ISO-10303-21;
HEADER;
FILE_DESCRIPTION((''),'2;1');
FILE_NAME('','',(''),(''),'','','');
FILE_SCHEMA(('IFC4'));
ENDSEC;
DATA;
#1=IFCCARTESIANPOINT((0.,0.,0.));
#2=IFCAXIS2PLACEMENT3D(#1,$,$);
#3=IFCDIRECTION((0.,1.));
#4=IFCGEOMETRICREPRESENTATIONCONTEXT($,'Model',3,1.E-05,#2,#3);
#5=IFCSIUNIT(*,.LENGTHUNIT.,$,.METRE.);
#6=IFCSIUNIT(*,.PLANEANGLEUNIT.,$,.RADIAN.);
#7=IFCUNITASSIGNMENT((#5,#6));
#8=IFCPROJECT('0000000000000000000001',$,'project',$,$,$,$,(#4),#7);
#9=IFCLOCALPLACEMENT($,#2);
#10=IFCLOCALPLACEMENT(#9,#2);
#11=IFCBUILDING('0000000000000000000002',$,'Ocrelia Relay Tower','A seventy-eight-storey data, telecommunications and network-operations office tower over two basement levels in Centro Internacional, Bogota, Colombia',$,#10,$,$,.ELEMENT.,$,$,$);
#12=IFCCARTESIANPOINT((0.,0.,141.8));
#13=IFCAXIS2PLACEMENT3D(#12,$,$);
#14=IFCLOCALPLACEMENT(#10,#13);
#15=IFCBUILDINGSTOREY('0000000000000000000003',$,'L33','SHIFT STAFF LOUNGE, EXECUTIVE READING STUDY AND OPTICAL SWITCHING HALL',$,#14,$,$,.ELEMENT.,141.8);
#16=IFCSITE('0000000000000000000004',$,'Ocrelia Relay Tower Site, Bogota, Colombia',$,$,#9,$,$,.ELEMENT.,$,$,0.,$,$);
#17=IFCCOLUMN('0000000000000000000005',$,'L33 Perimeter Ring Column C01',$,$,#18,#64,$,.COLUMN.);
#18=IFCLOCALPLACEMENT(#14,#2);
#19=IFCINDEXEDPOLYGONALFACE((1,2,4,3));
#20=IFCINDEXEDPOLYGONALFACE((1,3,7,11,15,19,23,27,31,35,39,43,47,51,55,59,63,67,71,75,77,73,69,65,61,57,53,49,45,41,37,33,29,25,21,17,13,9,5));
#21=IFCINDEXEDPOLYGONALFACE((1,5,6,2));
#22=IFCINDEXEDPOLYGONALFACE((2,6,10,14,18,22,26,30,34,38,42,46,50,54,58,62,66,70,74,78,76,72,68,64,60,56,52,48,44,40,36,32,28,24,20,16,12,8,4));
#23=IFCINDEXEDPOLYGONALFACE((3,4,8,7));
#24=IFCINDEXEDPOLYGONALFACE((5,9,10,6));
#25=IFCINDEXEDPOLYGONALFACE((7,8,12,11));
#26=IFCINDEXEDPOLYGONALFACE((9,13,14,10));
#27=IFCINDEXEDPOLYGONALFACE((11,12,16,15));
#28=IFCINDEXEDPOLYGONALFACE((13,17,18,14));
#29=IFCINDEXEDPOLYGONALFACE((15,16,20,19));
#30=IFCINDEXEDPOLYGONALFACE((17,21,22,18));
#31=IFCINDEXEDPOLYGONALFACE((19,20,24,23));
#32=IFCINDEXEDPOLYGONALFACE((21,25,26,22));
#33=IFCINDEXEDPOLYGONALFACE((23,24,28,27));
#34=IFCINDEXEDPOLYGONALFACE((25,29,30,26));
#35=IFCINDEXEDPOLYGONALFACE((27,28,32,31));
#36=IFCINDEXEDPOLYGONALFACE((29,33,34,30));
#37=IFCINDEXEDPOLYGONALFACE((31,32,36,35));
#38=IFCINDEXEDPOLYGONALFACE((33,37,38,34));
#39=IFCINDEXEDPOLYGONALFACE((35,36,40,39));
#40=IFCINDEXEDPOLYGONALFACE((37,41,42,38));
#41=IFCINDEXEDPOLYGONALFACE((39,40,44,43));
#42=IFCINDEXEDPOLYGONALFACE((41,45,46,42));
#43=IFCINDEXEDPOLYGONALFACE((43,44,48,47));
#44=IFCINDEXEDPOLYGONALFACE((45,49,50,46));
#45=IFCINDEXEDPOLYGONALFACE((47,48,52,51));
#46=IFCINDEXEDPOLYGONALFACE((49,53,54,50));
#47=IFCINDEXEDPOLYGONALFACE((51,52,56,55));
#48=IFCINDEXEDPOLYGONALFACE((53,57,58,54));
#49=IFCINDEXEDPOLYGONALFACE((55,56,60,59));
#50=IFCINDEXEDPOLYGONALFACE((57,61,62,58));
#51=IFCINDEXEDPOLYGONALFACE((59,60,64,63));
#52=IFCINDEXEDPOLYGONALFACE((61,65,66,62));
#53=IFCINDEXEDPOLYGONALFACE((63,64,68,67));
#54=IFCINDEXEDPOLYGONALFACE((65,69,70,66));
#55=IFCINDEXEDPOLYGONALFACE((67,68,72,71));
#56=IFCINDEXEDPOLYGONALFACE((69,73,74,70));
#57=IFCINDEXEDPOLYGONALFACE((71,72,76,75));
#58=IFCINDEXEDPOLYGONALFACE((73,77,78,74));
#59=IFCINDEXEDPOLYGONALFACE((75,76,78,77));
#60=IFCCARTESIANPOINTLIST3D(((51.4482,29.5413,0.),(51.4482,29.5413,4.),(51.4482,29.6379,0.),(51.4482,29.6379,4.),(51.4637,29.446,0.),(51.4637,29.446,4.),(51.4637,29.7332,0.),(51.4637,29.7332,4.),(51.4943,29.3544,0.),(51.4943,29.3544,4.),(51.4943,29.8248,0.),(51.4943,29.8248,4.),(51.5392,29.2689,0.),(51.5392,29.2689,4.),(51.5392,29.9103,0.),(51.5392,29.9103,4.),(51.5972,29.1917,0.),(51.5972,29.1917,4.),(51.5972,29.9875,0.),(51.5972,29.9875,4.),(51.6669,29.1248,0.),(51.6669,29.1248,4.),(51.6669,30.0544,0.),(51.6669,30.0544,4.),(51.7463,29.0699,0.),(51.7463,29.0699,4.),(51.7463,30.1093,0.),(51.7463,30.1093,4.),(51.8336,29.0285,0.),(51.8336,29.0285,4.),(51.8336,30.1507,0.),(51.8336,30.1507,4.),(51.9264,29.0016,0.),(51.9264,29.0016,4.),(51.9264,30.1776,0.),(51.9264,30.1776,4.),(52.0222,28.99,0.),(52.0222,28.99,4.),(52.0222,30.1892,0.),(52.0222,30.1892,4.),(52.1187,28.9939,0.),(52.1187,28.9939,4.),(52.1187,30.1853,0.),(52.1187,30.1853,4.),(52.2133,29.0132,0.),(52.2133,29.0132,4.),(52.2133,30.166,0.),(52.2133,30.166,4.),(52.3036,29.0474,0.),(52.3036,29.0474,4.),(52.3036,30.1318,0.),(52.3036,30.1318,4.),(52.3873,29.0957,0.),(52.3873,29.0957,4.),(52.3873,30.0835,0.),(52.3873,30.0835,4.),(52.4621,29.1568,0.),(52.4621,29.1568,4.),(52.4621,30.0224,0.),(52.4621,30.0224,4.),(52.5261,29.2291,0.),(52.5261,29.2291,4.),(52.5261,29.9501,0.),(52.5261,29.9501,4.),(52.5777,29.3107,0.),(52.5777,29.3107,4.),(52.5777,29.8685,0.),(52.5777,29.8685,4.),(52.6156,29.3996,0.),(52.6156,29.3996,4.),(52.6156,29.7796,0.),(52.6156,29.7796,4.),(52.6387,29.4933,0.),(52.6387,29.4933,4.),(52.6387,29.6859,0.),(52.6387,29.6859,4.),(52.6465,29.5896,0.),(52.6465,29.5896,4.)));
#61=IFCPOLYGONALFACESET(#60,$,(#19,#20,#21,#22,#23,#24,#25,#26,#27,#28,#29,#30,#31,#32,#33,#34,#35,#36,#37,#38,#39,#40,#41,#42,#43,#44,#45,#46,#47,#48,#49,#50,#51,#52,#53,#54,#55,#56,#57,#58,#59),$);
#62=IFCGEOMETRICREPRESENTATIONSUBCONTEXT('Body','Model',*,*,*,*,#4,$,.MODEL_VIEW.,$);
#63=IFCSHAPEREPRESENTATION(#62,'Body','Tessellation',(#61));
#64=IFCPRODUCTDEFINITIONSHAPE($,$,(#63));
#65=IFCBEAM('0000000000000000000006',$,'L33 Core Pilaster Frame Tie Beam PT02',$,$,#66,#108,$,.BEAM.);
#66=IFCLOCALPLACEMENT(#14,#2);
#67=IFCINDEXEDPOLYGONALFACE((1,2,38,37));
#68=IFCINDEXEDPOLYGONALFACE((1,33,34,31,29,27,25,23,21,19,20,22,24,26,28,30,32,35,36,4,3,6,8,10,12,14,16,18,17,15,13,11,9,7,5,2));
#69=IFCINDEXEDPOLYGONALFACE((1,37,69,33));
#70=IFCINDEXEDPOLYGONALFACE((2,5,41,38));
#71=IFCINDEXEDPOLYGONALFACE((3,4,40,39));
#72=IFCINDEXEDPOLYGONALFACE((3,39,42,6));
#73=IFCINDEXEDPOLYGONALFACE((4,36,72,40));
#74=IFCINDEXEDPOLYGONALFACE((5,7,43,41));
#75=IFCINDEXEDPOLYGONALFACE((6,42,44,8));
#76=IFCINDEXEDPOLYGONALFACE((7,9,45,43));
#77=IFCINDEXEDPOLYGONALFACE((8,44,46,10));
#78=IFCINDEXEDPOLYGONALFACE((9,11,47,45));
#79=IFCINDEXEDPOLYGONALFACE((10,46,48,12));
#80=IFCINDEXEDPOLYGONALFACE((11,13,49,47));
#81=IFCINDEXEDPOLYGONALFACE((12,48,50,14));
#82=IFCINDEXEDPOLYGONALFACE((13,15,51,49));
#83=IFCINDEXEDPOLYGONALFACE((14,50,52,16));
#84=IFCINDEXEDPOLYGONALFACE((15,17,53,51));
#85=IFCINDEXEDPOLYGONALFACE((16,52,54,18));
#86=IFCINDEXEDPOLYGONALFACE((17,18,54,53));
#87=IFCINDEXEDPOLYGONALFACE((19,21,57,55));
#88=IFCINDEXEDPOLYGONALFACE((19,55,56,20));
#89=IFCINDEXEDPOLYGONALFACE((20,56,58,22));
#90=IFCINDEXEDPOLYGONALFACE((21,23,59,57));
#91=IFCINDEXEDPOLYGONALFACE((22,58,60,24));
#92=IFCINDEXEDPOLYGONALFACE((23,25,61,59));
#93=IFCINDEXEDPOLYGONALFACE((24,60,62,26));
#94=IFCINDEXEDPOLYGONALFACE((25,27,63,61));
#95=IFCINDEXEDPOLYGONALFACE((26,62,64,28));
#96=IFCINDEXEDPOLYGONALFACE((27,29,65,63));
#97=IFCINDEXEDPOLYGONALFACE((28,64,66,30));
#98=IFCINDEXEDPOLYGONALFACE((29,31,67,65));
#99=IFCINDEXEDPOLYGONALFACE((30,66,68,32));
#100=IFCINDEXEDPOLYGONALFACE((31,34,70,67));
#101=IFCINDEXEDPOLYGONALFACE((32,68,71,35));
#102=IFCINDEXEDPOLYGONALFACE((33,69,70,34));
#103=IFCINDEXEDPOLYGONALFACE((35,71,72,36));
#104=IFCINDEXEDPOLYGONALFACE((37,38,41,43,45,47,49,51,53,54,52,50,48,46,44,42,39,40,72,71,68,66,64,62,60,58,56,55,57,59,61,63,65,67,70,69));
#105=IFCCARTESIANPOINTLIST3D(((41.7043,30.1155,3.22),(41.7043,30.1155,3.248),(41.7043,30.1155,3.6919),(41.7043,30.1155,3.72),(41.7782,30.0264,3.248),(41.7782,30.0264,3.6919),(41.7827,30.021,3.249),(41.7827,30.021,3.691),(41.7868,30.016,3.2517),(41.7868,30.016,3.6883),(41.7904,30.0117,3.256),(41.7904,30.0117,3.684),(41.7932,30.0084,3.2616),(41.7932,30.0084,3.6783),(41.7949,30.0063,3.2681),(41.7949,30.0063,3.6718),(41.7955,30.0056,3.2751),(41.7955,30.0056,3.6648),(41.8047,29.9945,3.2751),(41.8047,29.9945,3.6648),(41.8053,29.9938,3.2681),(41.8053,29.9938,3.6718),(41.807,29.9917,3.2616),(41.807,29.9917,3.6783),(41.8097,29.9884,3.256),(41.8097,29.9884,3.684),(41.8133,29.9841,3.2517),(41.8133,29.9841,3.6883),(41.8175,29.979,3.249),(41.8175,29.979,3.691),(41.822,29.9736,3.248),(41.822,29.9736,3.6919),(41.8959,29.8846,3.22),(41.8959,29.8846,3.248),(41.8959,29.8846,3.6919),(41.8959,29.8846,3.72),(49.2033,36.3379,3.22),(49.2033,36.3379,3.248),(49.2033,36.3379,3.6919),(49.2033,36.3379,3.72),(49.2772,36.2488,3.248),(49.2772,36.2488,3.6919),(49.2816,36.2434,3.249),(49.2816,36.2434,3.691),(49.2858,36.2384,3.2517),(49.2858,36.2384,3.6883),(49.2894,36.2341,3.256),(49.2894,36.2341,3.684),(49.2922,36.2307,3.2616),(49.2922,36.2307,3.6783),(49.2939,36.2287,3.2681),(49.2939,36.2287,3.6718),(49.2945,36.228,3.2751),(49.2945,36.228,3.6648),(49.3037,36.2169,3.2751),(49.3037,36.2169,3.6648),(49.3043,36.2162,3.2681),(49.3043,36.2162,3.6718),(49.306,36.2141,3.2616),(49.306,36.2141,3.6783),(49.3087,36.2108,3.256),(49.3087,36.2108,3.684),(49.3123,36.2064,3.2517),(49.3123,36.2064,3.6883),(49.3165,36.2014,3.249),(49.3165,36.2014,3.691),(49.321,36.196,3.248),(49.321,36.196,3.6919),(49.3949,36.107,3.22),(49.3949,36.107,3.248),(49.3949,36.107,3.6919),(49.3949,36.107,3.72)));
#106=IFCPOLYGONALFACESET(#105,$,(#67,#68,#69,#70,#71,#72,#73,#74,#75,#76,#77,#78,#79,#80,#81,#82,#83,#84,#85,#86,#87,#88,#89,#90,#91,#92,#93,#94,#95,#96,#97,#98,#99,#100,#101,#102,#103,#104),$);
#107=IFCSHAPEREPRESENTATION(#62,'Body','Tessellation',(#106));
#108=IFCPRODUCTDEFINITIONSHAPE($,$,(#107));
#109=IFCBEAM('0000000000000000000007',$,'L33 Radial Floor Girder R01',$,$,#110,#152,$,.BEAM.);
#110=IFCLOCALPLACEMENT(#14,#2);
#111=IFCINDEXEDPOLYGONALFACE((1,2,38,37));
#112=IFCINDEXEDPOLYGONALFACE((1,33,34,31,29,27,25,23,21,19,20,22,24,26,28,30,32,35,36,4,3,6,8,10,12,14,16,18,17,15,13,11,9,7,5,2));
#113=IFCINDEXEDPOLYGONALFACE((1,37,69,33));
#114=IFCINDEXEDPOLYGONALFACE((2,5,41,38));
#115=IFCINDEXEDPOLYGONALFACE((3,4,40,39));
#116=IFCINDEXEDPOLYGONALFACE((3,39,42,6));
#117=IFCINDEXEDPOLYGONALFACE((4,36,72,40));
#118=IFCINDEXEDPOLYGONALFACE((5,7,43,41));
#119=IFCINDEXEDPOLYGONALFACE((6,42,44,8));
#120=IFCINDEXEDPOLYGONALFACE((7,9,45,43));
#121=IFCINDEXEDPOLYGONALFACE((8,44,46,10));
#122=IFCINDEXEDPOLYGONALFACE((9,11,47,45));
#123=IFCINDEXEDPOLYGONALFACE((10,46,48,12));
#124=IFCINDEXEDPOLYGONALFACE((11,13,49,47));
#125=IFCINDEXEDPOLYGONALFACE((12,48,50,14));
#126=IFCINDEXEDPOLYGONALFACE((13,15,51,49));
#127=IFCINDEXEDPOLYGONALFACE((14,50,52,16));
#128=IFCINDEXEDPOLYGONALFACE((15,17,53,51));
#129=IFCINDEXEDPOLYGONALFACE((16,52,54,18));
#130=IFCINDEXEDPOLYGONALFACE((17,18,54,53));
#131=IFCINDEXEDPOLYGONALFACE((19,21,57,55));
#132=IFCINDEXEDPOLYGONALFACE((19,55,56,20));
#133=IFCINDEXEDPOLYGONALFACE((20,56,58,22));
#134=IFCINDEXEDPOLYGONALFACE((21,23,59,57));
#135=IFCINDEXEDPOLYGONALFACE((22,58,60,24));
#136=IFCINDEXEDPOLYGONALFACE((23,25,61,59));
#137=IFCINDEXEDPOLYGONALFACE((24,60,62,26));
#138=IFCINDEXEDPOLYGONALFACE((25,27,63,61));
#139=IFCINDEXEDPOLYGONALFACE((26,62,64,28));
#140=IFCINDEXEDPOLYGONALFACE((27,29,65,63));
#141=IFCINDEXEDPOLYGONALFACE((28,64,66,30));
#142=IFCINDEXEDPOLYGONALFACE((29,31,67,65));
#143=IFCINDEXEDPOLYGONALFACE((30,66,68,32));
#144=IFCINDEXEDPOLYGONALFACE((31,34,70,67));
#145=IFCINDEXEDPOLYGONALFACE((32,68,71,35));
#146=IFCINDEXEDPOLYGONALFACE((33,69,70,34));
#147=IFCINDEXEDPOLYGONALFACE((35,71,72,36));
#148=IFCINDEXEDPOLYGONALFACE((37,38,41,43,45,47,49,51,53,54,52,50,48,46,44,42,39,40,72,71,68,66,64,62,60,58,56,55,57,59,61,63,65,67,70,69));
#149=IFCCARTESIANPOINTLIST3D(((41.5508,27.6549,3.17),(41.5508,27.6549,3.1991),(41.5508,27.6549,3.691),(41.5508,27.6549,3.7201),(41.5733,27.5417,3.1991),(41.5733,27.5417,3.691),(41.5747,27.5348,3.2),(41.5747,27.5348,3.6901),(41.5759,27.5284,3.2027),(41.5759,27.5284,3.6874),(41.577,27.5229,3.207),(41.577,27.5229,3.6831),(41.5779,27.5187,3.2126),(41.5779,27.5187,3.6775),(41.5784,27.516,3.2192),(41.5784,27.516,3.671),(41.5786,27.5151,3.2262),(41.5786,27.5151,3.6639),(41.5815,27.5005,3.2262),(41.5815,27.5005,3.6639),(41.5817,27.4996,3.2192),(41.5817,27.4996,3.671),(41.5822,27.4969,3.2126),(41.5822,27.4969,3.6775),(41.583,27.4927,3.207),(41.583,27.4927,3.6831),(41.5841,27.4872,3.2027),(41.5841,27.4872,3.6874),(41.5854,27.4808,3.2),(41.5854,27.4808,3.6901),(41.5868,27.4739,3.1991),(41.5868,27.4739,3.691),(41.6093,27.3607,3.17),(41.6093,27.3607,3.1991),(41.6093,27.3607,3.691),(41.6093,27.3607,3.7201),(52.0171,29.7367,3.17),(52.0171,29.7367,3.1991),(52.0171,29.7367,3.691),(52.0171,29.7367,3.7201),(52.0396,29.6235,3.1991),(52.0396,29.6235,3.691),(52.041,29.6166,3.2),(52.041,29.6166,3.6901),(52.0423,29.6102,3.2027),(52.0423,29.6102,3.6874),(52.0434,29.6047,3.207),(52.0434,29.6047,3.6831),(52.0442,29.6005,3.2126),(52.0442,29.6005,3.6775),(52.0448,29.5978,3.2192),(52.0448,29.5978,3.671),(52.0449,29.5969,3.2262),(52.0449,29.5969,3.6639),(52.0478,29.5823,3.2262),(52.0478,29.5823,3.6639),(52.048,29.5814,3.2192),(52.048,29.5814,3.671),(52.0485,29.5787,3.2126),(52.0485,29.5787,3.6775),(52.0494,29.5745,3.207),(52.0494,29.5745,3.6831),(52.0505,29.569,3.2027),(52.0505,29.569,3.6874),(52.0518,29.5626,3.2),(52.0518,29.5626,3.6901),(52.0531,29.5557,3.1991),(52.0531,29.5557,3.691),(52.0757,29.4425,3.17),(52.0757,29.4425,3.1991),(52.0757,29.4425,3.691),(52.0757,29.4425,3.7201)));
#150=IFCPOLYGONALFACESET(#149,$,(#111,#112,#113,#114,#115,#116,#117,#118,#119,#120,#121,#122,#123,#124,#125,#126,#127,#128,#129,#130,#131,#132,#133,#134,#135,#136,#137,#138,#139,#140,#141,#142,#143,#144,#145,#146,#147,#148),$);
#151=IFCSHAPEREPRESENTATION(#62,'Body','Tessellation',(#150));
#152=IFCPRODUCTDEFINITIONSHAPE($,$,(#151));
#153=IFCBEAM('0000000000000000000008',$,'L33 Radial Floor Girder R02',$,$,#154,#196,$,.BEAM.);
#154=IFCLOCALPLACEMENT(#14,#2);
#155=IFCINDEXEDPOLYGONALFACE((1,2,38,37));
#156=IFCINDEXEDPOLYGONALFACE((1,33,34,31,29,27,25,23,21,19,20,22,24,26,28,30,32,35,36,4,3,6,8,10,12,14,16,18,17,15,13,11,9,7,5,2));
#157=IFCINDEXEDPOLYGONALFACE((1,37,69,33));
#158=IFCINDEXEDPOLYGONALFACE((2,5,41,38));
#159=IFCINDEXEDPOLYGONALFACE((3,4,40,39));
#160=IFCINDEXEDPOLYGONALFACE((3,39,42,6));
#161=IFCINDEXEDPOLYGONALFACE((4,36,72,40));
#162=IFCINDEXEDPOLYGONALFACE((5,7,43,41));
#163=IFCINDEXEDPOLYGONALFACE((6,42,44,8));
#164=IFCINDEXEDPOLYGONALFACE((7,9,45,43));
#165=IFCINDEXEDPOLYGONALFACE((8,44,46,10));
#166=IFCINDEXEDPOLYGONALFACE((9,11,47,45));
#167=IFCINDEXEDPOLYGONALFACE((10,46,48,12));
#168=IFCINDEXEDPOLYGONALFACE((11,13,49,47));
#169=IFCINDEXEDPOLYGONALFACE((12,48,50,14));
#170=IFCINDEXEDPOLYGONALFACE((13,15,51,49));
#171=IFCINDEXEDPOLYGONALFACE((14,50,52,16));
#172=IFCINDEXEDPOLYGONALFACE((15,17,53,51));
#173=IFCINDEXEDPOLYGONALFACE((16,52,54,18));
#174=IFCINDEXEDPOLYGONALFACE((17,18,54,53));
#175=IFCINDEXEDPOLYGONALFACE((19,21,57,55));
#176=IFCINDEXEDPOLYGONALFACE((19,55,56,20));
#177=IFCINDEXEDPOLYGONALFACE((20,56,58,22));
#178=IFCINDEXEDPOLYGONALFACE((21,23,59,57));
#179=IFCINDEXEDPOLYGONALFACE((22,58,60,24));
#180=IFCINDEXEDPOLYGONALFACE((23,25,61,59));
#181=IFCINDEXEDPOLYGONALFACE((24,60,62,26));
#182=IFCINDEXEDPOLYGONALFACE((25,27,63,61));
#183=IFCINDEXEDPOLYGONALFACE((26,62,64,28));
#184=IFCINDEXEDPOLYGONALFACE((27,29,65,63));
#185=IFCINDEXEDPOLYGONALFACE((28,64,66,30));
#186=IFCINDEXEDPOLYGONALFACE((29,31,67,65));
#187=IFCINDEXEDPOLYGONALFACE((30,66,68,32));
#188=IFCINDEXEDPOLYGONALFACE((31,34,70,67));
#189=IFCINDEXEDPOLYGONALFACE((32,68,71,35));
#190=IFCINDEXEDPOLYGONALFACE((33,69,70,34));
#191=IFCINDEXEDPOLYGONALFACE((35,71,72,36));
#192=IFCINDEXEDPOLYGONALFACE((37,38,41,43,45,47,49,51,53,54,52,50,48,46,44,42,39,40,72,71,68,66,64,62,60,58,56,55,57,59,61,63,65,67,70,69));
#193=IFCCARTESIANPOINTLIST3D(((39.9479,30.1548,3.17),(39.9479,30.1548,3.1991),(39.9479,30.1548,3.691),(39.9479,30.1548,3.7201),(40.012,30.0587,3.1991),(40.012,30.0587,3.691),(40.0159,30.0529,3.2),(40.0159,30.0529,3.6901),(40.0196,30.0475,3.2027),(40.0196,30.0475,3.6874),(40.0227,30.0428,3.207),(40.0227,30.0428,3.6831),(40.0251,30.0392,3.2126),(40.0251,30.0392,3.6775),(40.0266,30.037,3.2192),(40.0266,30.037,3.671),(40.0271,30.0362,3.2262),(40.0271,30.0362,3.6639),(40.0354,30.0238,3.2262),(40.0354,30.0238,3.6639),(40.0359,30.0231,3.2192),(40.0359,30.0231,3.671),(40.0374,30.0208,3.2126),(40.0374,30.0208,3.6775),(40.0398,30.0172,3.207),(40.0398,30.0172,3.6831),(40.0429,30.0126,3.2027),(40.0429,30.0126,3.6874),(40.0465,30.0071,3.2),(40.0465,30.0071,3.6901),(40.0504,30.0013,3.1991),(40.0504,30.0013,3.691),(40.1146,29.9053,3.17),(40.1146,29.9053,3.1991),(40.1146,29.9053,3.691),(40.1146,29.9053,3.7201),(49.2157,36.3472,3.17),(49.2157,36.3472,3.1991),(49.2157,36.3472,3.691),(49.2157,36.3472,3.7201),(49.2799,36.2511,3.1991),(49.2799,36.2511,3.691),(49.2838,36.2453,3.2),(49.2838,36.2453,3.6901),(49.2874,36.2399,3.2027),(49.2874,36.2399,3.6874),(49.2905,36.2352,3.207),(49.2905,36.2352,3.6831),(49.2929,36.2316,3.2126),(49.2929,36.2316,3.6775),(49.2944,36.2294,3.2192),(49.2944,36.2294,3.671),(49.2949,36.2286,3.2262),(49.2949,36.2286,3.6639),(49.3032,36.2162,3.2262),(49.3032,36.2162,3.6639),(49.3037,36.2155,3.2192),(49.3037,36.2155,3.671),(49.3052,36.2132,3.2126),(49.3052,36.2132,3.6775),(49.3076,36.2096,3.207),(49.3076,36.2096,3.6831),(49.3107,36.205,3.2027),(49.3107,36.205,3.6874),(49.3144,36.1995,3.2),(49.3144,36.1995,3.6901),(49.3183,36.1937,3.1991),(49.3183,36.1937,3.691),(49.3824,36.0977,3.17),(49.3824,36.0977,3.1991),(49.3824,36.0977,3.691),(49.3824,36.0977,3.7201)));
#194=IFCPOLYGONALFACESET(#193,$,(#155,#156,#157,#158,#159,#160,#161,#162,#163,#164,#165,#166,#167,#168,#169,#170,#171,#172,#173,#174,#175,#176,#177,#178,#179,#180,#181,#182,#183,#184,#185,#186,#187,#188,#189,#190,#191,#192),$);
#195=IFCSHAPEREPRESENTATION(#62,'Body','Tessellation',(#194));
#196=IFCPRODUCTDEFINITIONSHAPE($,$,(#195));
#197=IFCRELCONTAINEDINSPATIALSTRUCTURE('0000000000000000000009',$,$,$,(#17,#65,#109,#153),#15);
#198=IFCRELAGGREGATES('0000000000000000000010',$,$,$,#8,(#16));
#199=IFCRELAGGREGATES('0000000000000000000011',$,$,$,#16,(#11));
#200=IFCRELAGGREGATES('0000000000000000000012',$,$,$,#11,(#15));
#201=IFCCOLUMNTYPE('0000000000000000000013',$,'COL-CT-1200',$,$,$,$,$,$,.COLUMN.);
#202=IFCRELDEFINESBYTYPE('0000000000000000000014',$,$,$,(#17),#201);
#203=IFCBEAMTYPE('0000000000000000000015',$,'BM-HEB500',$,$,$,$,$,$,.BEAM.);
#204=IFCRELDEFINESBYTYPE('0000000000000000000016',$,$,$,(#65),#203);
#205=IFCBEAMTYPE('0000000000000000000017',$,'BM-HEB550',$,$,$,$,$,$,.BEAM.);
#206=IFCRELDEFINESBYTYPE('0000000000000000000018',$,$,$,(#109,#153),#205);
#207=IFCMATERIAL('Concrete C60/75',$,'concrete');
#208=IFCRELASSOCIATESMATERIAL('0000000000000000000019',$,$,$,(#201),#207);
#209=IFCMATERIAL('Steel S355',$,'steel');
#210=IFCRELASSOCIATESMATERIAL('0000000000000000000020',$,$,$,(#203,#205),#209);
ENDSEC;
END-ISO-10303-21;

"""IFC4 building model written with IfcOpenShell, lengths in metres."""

from ifc_helpers import new_model, si_unit, direction, frame, origin, origin_2d, place, context, subcontext, project, spatial, circle, i_section, extrude, material, material_profile, profile_set, type_object, element, save


model = new_model("IFC4")

# Units and contexts
model_context = context("Model", 3, precision=1e-05, world=origin(), true_north=direction((0.0, 1.0)))
body_context = subcontext(model_context, "Body", "Model", "MODEL_VIEW")
ifc_project = project(units=[si_unit("LENGTHUNIT", "METRE"), si_unit("PLANEANGLEUNIT", "RADIAN")], contexts=[model_context])

# Site, building, storey
site_placement = place(None, origin())
site = spatial("IfcSite", under=ifc_project, at=site_placement, Name="Ocrelia Relay Tower Site, Bogota, Colombia", CompositionType="ELEMENT", RefElevation=0.0)
building_placement = place(site_placement, origin())
building = spatial("IfcBuilding", under=site, at=building_placement, Name="Ocrelia Relay Tower", Description="A seventy-eight-storey data, telecommunications and network-operations office tower over two basement levels in Centro Internacional, Bogota, Colombia", CompositionType="ELEMENT")
storey_placement = place(building_placement, frame((0.0, 0.0, 141.8)))
storey = spatial("IfcBuildingStorey", under=building, at=storey_placement, Name="L33", Description="SHIFT STAFF LOUNGE, EXECUTIVE READING STUDY AND OPTICAL SWITCHING HALL", CompositionType="ELEMENT", Elevation=141.8)

# Column
ifc_material_1 = material(Name="Concrete C60/75", Category="concrete")
ifc_material_profile_1 = material_profile(ifc_material_1, circle(Radius=0.6001, at=origin_2d()), Name="RC-CIR-1200")
ifc_profile_set_1 = profile_set([ifc_material_profile_1], Name="Concrete C60/75")
column_type = type_object("IfcColumnType", Name="COL-CT-1200", PredefinedType="COLUMN", material=ifc_profile_set_1)
column_placement = place(storey_placement, frame((52.0464, 29.5896, 0.0), z_axis=(0.0, 0.0, 1.0), x_axis=(1.0, 0.0, 0.0)))
element("IfcColumn", 1, at=column_placement, inside=storey, type_object=column_type, Name="L33 Perimeter Ring Column C01", PredefinedType="COLUMN", context=body_context, shape_type="SweptSolid", body=[
    extrude(circle(Radius=0.6001, at=origin_2d()), origin(), (0.0, 0.0, 1.0), 4.0),
])

# Beams
ifc_material_2 = material(Name="Steel S355", Category="steel")
ifc_material_profile_2 = material_profile(ifc_material_2, i_section(OverallWidth=0.3, OverallDepth=0.5, WebThickness=0.0144, FlangeThickness=0.0281, FilletRadius=0.0271, at=origin_2d()), Name="HEB 500")
ifc_profile_set_2 = profile_set([ifc_material_profile_2], Name="Steel S355")
beam_type_1 = type_object("IfcBeamType", Name="BM-HEB500", PredefinedType="BEAM", material=ifc_profile_set_2)
beam_1_placement = place(storey_placement, frame((49.2991, 36.2224, 3.47), z_axis=(-0.769571, -0.638561, 0.0), x_axis=(0.638561, -0.769571, 0.0)))
element("IfcBeam", 2, at=beam_1_placement, inside=storey, type_object=beam_type_1, Name="L33 Core Pilaster Frame Tie Beam PT02", PredefinedType="BEAM", context=body_context, shape_type="SweptSolid", body=[
    extrude(i_section(OverallWidth=0.3, OverallDepth=0.5, WebThickness=0.0144, FlangeThickness=0.0281, FilletRadius=0.0271, at=origin_2d()), origin(), (0.0, 0.0, 1.0), 9.7444),
])
ifc_material_profile_3 = material_profile(ifc_material_2, i_section(OverallWidth=0.3, OverallDepth=0.55, WebThickness=0.0149, FlangeThickness=0.0291, FilletRadius=0.0271, at=origin_2d()), Name="HEB 550")
ifc_profile_set_3 = profile_set([ifc_material_profile_3], Name="Steel S355")
beam_type_2 = type_object("IfcBeamType", Name="BM-HEB550", PredefinedType="BEAM", material=ifc_profile_set_3)
beam_2_placement = place(storey_placement, frame((52.0464, 29.5896, 3.4451), z_axis=(-0.980787, -0.195082, 0.0), x_axis=(0.195082, -0.980787, 0.0)))
element("IfcBeam", 3, at=beam_2_placement, inside=storey, type_object=beam_type_2, Name="L33 Radial Floor Girder R01", PredefinedType="BEAM", context=body_context, shape_type="SweptSolid", body=[
    extrude(i_section(OverallWidth=0.3, OverallDepth=0.55, WebThickness=0.0149, FlangeThickness=0.0291, FilletRadius=0.0271, at=origin_2d()), origin(), (0.0, 0.0, 1.0), 10.6714),
])
beam_3_placement = place(storey_placement, frame((49.2991, 36.2224, 3.4451), z_axis=(-0.831477, -0.555559, 0.0), x_axis=(0.555559, -0.831477, 0.0)))
element("IfcBeam", 4, at=beam_3_placement, inside=storey, type_object=beam_type_2, Name="L33 Radial Floor Girder R02", PredefinedType="BEAM", context=body_context, shape_type="SweptSolid", body=[
    extrude(i_section(OverallWidth=0.3, OverallDepth=0.55, WebThickness=0.0149, FlangeThickness=0.0291, FilletRadius=0.0271, at=origin_2d()), origin(), (0.0, 0.0, 1.0), 11.1462),
])

save(model, "model.ifc")
